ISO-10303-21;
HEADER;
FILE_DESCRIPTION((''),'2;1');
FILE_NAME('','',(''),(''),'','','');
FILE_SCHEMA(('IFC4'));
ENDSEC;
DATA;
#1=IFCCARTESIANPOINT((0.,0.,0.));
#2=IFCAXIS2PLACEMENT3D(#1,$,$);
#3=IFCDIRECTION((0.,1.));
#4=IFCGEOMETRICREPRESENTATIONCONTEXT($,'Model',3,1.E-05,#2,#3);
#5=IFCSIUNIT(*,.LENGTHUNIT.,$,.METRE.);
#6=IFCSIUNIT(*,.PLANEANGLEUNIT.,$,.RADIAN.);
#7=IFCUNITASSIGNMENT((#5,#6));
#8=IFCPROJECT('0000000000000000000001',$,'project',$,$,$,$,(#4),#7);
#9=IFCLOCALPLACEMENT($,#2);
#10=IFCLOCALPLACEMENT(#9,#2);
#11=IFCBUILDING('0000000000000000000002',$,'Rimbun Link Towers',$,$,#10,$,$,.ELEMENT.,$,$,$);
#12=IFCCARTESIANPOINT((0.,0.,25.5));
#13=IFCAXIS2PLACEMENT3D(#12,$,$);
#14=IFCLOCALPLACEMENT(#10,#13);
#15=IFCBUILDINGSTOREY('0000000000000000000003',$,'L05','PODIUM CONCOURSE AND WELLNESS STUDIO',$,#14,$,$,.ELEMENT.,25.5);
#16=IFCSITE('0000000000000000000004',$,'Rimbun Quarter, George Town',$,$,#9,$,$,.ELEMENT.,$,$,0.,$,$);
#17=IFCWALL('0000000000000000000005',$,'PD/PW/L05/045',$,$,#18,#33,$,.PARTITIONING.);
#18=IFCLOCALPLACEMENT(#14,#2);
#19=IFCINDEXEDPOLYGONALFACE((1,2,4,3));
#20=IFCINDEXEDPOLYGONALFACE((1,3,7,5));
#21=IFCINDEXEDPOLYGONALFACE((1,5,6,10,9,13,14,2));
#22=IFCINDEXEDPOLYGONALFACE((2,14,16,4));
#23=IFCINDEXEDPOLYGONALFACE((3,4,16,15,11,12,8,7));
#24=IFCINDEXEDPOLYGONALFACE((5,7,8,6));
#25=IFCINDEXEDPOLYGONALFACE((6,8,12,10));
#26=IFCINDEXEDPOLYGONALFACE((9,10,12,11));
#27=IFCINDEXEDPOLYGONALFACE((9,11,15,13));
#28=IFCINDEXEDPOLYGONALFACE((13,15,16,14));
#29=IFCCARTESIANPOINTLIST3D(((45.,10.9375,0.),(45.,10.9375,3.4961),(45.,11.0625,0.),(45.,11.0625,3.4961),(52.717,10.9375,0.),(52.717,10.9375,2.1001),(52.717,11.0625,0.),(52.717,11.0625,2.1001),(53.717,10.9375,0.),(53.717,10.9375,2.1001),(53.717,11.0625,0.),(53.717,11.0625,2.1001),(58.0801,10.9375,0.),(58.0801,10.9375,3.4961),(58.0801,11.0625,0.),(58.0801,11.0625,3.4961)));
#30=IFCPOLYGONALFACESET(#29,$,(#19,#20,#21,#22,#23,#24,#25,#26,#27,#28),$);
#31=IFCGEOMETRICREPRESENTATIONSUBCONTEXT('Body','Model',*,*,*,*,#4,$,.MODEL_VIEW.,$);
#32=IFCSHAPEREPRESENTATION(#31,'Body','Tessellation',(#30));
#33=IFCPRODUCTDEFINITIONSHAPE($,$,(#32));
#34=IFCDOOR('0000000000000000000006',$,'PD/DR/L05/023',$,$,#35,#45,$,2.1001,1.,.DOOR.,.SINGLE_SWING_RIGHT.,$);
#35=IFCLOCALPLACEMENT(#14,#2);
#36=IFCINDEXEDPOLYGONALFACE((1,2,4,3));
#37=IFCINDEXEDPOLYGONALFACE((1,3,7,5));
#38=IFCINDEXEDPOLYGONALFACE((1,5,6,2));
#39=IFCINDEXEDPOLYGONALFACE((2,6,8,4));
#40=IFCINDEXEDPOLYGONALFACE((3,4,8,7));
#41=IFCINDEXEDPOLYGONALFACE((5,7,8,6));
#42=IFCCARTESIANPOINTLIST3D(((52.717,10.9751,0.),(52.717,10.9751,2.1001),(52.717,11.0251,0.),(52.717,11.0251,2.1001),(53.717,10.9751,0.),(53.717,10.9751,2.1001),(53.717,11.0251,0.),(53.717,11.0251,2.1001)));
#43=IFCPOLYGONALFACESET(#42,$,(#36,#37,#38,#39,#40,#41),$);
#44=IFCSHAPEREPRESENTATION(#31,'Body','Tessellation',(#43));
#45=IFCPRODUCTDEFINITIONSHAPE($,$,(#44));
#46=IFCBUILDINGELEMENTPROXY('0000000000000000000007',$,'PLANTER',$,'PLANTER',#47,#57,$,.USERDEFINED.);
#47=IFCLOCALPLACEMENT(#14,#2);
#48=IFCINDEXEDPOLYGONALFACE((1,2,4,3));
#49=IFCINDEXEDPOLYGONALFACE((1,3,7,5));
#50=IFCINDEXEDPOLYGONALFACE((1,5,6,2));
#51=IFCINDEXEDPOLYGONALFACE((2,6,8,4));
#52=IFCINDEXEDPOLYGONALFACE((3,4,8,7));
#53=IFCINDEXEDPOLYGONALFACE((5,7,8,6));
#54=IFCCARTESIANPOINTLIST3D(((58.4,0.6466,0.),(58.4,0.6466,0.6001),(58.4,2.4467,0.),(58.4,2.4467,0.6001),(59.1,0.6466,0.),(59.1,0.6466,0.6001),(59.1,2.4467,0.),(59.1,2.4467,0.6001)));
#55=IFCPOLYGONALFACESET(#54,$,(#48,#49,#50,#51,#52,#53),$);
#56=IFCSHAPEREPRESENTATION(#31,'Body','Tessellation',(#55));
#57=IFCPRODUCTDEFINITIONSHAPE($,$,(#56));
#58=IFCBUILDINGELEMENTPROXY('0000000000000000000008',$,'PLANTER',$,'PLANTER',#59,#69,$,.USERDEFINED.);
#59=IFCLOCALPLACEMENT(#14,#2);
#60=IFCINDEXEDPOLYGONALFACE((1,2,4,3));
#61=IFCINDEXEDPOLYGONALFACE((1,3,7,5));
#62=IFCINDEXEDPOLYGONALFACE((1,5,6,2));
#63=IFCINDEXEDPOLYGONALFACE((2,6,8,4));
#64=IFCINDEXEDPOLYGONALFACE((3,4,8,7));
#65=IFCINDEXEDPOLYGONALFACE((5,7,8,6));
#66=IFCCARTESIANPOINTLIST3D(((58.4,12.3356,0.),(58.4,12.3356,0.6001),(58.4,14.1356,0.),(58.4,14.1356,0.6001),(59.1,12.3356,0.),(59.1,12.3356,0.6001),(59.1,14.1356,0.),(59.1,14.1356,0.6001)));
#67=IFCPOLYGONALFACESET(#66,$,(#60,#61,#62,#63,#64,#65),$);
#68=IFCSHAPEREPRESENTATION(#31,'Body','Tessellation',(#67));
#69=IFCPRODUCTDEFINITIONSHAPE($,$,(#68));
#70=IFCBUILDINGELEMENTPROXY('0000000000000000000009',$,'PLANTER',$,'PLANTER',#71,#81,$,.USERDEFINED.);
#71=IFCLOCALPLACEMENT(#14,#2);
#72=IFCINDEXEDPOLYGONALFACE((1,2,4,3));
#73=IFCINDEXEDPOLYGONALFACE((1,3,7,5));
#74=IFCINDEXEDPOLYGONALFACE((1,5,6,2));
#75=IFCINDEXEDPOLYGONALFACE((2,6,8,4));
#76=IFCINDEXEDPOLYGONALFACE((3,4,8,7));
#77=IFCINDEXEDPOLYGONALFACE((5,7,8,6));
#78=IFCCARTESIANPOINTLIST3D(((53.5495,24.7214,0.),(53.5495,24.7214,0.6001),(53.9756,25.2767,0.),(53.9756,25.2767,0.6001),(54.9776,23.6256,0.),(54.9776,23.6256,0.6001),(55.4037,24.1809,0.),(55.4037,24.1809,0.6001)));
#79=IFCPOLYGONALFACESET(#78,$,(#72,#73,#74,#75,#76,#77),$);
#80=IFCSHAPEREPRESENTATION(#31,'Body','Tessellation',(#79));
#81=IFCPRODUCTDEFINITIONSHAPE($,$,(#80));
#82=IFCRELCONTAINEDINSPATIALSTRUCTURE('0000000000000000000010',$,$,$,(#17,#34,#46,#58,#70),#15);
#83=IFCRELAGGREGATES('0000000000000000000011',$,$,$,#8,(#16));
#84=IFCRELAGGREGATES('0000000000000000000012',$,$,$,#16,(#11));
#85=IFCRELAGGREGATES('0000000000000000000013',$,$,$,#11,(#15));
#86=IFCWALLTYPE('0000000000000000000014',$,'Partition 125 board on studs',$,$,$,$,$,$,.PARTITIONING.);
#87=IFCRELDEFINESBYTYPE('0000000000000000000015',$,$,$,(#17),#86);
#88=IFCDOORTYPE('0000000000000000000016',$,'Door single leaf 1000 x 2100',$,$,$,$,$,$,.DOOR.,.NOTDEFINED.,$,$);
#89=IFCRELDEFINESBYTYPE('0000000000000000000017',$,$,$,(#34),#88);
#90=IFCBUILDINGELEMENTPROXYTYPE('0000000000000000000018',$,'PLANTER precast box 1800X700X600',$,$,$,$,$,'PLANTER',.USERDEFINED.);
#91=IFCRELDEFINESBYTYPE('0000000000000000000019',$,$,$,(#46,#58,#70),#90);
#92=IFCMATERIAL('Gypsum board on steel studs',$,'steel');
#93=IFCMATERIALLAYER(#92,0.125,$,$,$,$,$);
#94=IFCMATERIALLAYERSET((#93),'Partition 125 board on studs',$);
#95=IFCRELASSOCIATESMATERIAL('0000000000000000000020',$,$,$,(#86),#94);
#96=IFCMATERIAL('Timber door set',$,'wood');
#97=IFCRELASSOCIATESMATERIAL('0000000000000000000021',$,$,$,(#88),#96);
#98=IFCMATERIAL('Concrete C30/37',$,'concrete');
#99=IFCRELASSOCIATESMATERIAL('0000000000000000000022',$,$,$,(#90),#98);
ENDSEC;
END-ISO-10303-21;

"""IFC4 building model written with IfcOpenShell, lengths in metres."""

from ifc_helpers import new_model, si_unit, direction, frame, frame_2d, origin, origin_2d, place, context, subcontext, project, spatial, rectangle, extrude, material, layer, layer_set, type_object, element, fill, save


model = new_model("IFC4")

# Units and contexts
model_context = context("Model", 3, precision=1e-05, world=origin(), true_north=direction((0.0, 1.0)))
body_context = subcontext(model_context, "Body", "Model", "MODEL_VIEW")
ifc_project = project(units=[si_unit("LENGTHUNIT", "METRE"), si_unit("PLANEANGLEUNIT", "RADIAN")], contexts=[model_context])

# Site, building, storey
site_placement = place(None, origin())
site = spatial("IfcSite", under=ifc_project, at=site_placement, Name="Rimbun Quarter, George Town", CompositionType="ELEMENT", RefElevation=0.0)
building_placement = place(site_placement, origin())
building = spatial("IfcBuilding", under=site, at=building_placement, Name="Rimbun Link Towers", CompositionType="ELEMENT")
storey_placement = place(building_placement, frame((0.0, 0.0, 25.5)))
storey = spatial("IfcBuildingStorey", under=building, at=storey_placement, Name="L05", Description="PODIUM CONCOURSE AND WELLNESS STUDIO", CompositionType="ELEMENT", Elevation=25.5)

# Wall, opening, door
ifc_material_1 = material(Name="Gypsum board on steel studs", Category="steel")
ifc_layer_1 = layer(ifc_material_1, 0.125)
ifc_layer_set_1 = layer_set([ifc_layer_1], Name="Partition 125 board on studs")
wall_type = type_object("IfcWallType", Name="Partition 125 board on studs", PredefinedType="PARTITIONING", material=ifc_layer_set_1)
wall_placement = place(storey_placement, frame((58.0801, 11.0, 0.0), z_axis=(0.0, 0.0, 1.0), x_axis=(-1.0, 0.0, 0.0)))
wall = element("IfcWall", 1, at=wall_placement, inside=storey, type_object=wall_type, Name="PD/PW/L05/045", PredefinedType="PARTITIONING", context=body_context, shape_type="SweptSolid", body=[
    extrude(rectangle(XDim=13.0801, YDim=0.125, at=frame_2d((6.54, 0.0))), origin(), (0.0, 0.0, 1.0), 3.4961),
])
opening_placement = place(wall_placement, frame((4.363, 0.0, 0.0)))
opening = element("IfcOpeningElement", 2, at=opening_placement, cuts=wall, PredefinedType="OPENING", context=body_context, shape_type="SweptSolid", body=[
    extrude(rectangle(XDim=1.0, YDim=2.1001, at=frame_2d((0.5, 1.05))), frame((0.0, 0.0725, 0.0), z_axis=(0.0, -1.0, 0.0), x_axis=(1.0, 0.0, 0.0)), (0.0, 0.0, 1.0), 0.145),
])
ifc_material_2 = material(Name="Timber door set", Category="wood")
door_type = type_object("IfcDoorType", Name="Door single leaf 1000 x 2100", OperationType="NOTDEFINED", PredefinedType="DOOR", material=ifc_material_2)
door_placement = place(opening_placement, origin())
door = element("IfcDoor", 3, at=door_placement, inside=storey, type_object=door_type, Name="PD/DR/L05/023", OperationType="SINGLE_SWING_RIGHT", OverallHeight=2.1001, OverallWidth=1.0, PredefinedType="DOOR", context=body_context, shape_type="SweptSolid", body=[
    extrude(rectangle(XDim=1.0, YDim=2.1001, at=frame_2d((0.5, 1.05))), frame((0.0, 0.0249, 0.0), z_axis=(0.0, -1.0, 0.0), x_axis=(1.0, 0.0, 0.0)), (0.0, 0.0, 1.0), 0.05),
])
fill(opening, door)

# Building element proxies
ifc_material_3 = material(Name="Concrete C30/37", Category="concrete")
building_element_proxy_type = type_object("IfcBuildingElementProxyType", Name="PLANTER precast box 1800X700X600", ElementType="PLANTER", PredefinedType="USERDEFINED", material=ifc_material_3)
for number, where, z_axis, x_axis, name in (
    (4, (58.75, 1.5466, 0.0), (0.0, 0.0, 1.0), (0.0, 1.0, 0.0), "PLANTER"),
    (5, (58.75, 13.2356, 0.0), (0.0, 0.0, 1.0), (0.0, 1.0, 0.0), "PLANTER"),
    (6, (54.4766, 24.4512, 0.0), (0.0, 0.0, 1.0), (-0.793359, 0.608754, 0.0), "PLANTER"),
):
    element("IfcBuildingElementProxy", number, at=place(storey_placement, frame(where, z_axis=z_axis, x_axis=x_axis)), inside=storey, type_object=building_element_proxy_type, Name=name, ObjectType="PLANTER", PredefinedType="USERDEFINED", context=body_context, shape_type="SweptSolid", body=[
        extrude(rectangle(XDim=1.8, YDim=0.7, at=origin_2d()), origin(), (0.0, 0.0, 1.0), 0.6001),
    ])

save(model, "model.ifc")
